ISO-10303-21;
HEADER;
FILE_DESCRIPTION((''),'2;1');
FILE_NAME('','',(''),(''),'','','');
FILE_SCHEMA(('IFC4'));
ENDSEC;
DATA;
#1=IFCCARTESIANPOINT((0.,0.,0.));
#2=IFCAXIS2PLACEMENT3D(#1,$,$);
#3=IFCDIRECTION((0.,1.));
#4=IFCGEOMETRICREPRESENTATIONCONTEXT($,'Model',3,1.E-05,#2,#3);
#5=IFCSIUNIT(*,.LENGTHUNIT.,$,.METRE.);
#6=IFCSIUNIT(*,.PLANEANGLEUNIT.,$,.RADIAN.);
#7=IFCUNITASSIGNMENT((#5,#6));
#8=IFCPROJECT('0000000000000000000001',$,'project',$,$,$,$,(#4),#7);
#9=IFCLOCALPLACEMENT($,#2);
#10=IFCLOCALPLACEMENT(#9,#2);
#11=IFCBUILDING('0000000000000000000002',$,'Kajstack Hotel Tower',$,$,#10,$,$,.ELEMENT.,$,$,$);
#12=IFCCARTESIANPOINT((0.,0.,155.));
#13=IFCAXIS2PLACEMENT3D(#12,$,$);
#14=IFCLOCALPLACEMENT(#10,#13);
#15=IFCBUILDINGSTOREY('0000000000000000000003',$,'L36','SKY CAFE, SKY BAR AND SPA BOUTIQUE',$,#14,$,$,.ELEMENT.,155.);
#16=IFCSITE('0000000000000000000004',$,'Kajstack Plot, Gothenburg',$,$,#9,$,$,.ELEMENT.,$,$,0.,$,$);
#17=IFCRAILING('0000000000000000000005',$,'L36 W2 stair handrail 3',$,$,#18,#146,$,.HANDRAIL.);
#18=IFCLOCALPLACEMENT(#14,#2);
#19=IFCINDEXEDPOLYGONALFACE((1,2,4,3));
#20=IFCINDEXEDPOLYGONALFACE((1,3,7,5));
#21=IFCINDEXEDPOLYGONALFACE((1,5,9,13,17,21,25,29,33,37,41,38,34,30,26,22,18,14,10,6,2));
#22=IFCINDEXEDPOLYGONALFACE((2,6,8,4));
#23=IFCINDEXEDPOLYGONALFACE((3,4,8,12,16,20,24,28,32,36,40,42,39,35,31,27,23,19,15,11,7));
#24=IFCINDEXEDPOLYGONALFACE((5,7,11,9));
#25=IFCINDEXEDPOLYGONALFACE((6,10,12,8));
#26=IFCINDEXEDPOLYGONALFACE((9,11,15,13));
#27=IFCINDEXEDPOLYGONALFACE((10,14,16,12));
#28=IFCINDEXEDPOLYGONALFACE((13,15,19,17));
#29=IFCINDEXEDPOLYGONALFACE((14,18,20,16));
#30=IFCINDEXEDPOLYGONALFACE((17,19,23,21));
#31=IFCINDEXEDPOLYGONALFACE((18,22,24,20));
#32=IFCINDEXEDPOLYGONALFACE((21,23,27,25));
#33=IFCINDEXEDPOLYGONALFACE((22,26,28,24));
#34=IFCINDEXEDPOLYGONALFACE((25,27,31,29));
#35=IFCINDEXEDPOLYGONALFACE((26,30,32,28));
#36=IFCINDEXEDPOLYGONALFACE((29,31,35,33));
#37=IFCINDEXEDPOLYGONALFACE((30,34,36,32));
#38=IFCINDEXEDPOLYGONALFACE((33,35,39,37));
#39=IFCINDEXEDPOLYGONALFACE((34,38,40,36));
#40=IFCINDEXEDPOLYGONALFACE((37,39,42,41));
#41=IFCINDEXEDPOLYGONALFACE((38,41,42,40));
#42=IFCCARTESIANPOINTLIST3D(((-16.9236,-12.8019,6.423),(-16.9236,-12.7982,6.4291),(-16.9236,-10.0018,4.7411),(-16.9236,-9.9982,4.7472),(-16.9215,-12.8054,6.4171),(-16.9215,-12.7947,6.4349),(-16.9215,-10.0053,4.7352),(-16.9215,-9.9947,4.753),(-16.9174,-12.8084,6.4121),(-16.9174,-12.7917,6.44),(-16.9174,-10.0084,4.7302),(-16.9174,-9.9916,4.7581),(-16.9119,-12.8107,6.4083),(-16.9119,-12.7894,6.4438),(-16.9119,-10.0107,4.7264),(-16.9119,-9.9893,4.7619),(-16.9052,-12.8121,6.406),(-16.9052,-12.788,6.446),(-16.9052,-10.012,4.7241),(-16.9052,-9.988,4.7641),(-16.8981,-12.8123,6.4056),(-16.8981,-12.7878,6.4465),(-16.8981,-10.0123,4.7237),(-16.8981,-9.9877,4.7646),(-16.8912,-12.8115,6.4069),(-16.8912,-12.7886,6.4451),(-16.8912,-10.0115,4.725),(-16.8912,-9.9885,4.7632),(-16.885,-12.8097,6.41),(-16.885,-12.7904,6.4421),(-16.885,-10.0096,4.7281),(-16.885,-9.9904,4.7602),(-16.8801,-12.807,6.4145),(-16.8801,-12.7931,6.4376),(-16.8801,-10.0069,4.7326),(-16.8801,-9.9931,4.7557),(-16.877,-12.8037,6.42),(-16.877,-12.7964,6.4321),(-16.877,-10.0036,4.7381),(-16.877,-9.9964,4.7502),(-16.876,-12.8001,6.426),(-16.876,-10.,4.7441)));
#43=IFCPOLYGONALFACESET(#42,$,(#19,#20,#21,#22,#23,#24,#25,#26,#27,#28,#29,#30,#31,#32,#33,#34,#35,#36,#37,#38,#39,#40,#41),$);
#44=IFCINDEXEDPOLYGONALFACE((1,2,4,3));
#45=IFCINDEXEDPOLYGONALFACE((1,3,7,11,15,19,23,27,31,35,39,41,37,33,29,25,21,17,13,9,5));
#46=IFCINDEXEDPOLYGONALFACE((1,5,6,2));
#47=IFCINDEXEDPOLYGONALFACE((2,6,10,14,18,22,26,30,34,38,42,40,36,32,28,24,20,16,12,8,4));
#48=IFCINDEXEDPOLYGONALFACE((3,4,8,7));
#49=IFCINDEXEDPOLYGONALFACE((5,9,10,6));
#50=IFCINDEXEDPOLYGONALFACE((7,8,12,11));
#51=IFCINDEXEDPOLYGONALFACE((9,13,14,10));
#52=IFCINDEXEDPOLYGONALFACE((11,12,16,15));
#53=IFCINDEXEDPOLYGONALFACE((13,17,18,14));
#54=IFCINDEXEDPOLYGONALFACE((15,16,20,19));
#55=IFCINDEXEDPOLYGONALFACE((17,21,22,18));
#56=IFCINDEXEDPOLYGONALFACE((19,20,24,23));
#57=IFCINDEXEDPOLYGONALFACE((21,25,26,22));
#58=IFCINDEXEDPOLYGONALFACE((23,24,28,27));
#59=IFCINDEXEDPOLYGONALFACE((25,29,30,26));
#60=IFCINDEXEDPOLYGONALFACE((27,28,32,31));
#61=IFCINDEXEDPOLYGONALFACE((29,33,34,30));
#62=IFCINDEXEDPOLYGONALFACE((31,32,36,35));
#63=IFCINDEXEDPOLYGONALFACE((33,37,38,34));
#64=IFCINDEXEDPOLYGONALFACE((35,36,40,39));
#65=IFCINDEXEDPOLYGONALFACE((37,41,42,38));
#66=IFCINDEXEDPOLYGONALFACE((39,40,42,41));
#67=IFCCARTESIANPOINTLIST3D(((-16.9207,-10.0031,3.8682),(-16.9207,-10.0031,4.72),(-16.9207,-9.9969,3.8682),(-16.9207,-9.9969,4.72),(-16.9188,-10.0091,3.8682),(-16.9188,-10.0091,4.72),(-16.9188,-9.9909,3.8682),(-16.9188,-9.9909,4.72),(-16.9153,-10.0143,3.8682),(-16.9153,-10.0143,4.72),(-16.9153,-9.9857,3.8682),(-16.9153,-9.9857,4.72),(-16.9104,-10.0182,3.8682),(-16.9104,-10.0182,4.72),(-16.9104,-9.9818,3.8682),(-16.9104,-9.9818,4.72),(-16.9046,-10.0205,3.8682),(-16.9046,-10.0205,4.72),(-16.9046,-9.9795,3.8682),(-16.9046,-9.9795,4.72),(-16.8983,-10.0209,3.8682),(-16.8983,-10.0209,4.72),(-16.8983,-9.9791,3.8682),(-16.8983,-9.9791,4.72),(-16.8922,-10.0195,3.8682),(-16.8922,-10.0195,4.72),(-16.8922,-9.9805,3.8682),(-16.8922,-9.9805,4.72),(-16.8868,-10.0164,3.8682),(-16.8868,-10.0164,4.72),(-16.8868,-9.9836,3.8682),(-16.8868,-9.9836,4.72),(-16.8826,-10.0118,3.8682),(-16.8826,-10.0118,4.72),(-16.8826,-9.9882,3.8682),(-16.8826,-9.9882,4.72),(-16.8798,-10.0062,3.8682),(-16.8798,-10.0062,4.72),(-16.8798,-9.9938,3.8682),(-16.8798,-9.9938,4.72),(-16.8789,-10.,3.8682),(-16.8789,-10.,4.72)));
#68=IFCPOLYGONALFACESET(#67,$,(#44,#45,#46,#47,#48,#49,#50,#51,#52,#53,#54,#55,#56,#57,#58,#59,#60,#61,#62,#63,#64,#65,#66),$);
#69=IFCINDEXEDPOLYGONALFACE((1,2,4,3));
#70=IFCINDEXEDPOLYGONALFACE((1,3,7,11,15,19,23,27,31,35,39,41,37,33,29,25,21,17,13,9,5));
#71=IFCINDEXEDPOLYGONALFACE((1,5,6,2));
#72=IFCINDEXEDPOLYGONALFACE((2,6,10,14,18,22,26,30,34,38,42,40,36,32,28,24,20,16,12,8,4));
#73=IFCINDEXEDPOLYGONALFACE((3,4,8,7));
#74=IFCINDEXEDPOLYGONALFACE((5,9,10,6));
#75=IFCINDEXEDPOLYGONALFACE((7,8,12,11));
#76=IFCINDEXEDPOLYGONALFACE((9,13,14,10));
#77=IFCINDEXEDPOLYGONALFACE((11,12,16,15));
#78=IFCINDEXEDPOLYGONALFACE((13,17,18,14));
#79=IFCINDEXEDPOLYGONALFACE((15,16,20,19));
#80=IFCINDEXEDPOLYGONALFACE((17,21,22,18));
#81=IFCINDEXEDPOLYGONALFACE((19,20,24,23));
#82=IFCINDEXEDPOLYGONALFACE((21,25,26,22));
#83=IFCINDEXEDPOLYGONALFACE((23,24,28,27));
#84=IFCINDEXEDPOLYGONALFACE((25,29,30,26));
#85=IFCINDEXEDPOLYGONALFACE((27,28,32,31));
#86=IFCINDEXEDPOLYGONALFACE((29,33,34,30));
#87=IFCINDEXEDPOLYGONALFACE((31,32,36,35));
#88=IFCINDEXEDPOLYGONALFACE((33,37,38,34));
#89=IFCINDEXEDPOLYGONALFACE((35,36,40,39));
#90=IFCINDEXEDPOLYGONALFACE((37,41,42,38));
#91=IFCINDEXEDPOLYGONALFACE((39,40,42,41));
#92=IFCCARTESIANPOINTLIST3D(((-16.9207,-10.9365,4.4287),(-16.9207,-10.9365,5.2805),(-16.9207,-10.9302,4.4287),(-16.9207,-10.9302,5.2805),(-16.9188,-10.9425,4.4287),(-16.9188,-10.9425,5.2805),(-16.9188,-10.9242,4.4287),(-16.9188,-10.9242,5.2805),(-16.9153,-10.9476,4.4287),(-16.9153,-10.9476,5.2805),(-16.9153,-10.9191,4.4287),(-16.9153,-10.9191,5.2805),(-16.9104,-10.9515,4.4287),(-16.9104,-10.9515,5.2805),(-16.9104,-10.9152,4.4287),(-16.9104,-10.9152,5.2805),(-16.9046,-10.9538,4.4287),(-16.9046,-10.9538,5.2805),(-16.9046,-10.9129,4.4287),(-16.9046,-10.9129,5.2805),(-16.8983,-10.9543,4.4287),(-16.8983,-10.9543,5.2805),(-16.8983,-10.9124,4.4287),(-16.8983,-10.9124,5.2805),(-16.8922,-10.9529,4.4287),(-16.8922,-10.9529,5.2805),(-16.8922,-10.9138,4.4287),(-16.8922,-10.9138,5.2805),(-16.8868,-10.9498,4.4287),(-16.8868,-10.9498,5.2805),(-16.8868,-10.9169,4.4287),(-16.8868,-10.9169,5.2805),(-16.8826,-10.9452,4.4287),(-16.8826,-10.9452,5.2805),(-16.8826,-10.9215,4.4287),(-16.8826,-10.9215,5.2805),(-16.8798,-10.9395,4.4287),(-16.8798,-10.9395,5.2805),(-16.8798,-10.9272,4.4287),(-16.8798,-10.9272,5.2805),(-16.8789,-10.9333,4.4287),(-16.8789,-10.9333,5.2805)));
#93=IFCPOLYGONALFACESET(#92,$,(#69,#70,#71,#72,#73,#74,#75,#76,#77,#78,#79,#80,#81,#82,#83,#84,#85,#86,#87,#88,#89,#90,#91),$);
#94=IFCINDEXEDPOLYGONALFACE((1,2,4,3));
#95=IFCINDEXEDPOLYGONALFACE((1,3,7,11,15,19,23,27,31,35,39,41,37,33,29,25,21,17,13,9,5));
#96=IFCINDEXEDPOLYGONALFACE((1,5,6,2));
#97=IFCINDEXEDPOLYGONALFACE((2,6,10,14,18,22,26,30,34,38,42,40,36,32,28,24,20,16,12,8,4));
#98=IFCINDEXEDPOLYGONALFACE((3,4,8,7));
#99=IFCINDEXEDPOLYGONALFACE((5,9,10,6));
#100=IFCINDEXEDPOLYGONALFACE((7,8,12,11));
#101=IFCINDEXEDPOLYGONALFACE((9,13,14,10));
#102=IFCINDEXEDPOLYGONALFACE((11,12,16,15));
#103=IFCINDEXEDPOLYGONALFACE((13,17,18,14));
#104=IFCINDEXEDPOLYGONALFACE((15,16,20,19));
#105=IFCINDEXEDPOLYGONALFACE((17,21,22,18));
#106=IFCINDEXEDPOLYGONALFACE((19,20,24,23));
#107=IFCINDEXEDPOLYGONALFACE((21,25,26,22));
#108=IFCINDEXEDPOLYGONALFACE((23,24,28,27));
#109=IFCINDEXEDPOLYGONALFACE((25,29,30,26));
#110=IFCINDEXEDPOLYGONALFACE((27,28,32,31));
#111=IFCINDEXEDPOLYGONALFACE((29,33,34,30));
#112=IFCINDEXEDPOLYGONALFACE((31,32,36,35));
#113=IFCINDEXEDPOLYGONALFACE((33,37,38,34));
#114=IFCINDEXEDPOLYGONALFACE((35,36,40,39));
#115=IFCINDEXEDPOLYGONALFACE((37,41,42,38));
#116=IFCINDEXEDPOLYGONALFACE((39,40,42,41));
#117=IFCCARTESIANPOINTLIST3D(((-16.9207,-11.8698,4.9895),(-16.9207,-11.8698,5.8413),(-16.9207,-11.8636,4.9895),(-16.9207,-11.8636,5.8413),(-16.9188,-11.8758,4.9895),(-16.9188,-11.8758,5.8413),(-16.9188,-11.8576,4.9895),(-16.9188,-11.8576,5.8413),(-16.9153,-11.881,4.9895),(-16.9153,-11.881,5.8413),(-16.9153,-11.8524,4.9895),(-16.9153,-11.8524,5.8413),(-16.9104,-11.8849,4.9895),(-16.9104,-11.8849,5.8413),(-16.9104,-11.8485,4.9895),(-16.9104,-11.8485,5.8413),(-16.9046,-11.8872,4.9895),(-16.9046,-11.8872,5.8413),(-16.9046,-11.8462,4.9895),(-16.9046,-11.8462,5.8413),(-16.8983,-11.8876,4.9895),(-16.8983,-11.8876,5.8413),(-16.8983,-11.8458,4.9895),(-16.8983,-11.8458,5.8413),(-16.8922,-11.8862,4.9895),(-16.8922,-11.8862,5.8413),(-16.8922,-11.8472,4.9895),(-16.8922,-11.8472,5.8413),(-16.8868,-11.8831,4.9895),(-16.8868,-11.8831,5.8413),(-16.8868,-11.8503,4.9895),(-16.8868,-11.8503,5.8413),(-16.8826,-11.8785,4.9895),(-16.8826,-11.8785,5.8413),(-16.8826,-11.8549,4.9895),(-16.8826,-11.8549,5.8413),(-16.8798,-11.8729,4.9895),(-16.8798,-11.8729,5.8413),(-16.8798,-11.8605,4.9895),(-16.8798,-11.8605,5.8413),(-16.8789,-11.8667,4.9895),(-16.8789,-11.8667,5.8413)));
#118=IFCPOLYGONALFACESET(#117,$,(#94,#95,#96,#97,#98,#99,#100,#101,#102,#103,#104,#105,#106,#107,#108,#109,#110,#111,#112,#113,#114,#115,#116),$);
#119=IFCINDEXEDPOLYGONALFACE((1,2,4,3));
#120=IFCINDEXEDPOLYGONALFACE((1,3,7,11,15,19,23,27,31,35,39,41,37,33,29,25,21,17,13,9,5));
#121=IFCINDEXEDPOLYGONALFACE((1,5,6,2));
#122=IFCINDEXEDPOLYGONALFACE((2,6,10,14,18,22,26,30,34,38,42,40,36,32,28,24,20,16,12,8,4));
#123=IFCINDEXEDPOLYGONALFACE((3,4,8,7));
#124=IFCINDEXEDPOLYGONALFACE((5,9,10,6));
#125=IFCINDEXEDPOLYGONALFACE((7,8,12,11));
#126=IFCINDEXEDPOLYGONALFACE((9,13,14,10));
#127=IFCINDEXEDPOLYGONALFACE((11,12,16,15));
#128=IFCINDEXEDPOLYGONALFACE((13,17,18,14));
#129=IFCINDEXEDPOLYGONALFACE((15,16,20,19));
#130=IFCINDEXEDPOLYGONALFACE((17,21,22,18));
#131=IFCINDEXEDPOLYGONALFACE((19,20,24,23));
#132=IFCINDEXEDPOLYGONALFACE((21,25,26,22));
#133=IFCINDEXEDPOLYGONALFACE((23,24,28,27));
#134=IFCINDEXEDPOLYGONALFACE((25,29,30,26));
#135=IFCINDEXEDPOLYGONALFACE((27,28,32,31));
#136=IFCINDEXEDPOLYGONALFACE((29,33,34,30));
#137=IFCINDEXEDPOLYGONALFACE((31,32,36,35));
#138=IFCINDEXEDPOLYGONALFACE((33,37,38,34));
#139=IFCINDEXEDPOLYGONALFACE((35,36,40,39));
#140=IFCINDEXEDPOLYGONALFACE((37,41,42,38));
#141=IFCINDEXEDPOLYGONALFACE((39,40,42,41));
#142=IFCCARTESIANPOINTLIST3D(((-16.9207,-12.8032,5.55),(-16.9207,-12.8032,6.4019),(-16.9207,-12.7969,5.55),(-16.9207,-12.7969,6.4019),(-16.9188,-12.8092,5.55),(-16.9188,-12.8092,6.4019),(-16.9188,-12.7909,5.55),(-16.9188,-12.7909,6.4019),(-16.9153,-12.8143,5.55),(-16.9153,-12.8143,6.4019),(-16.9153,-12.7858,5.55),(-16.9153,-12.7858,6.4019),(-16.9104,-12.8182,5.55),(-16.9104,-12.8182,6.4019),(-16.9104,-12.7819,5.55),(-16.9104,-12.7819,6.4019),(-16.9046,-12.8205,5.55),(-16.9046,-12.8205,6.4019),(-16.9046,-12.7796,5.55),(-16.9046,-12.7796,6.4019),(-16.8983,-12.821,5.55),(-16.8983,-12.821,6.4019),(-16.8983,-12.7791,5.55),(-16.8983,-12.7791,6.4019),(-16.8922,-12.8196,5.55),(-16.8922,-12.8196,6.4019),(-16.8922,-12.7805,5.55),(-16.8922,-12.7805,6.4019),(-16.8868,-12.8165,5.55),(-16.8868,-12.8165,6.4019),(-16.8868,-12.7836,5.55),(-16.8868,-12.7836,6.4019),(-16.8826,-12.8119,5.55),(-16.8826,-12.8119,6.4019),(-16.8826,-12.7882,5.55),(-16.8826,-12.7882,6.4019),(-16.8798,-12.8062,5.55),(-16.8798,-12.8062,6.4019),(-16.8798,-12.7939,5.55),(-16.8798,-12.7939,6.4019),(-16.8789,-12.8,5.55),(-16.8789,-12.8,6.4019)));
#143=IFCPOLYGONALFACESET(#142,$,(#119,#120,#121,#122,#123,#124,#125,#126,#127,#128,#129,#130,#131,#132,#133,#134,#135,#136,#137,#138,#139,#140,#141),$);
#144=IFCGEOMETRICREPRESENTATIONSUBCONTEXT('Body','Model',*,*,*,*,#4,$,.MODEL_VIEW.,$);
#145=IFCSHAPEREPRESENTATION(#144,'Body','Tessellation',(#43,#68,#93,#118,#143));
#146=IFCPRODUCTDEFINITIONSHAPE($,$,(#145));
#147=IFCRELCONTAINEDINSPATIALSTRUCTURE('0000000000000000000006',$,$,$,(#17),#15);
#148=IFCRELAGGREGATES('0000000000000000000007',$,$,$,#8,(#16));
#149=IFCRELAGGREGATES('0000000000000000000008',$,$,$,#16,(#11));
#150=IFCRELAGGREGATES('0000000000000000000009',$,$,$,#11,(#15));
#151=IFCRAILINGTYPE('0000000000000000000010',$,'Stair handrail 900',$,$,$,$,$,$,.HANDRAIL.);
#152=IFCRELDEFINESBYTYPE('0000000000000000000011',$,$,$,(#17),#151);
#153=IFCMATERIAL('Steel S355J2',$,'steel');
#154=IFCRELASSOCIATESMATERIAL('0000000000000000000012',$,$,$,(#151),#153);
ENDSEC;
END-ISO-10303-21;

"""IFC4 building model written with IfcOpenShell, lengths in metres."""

from ifc_helpers import new_model, si_unit, direction, frame, origin, origin_2d, place, context, subcontext, project, spatial, circle, extrude, material, type_object, element, save


model = new_model("IFC4")

# Units and contexts
model_context = context("Model", 3, precision=1e-05, world=origin(), true_north=direction((0.0, 1.0)))
body_context = subcontext(model_context, "Body", "Model", "MODEL_VIEW")
ifc_project = project(units=[si_unit("LENGTHUNIT", "METRE"), si_unit("PLANEANGLEUNIT", "RADIAN")], contexts=[model_context])

# Site, building, storey
site_placement = place(None, origin())
site = spatial("IfcSite", under=ifc_project, at=site_placement, Name="Kajstack Plot, Gothenburg", CompositionType="ELEMENT", RefElevation=0.0)
building_placement = place(site_placement, origin())
building = spatial("IfcBuilding", under=site, at=building_placement, Name="Kajstack Hotel Tower", CompositionType="ELEMENT")
storey_placement = place(building_placement, frame((0.0, 0.0, 155.0)))
storey = spatial("IfcBuildingStorey", under=building, at=storey_placement, Name="L36", Description="SKY CAFE, SKY BAR AND SPA BOUTIQUE", CompositionType="ELEMENT", Elevation=155.0)

# Railing
ifc_material_1 = material(Name="Steel S355J2", Category="steel")
railing_type_1 = type_object("IfcRailingType", Name="Stair handrail 900", PredefinedType="HANDRAIL", material=ifc_material_1)
for number, where, name in (
    (1, (-16.8999, -10.0, 3.8682), "L36 W2 stair handrail 3"),
):
    element("IfcRailing", number, at=place(storey_placement, frame(where)), inside=storey, type_object=railing_type_1, Name=name, PredefinedType="HANDRAIL", context=body_context, shape_type="SweptSolid", body=[
        extrude(circle(Radius=0.0239, at=origin_2d()), frame((0.0, 0.0, 0.876), z_axis=(0.0, -0.857242, 0.514913), x_axis=(1.0, 0.0, 0.0)), (0.0, 0.0, 1.0), 3.2664),
        extrude(circle(Radius=0.021, at=origin_2d()), origin(), (0.0, 0.0, 1.0), 0.8518),
        extrude(circle(Radius=0.021, at=origin_2d()), frame((0.0, -0.9333, 0.5605)), (0.0, 0.0, 1.0), 0.8518),
        extrude(circle(Radius=0.021, at=origin_2d()), frame((0.0, -1.8667, 1.1213)), (0.0, 0.0, 1.0), 0.8518),
        extrude(circle(Radius=0.021, at=origin_2d()), frame((0.0, -2.8, 1.6819)), (0.0, 0.0, 1.0), 0.8518),
    ])

save(model, "model.ifc")
